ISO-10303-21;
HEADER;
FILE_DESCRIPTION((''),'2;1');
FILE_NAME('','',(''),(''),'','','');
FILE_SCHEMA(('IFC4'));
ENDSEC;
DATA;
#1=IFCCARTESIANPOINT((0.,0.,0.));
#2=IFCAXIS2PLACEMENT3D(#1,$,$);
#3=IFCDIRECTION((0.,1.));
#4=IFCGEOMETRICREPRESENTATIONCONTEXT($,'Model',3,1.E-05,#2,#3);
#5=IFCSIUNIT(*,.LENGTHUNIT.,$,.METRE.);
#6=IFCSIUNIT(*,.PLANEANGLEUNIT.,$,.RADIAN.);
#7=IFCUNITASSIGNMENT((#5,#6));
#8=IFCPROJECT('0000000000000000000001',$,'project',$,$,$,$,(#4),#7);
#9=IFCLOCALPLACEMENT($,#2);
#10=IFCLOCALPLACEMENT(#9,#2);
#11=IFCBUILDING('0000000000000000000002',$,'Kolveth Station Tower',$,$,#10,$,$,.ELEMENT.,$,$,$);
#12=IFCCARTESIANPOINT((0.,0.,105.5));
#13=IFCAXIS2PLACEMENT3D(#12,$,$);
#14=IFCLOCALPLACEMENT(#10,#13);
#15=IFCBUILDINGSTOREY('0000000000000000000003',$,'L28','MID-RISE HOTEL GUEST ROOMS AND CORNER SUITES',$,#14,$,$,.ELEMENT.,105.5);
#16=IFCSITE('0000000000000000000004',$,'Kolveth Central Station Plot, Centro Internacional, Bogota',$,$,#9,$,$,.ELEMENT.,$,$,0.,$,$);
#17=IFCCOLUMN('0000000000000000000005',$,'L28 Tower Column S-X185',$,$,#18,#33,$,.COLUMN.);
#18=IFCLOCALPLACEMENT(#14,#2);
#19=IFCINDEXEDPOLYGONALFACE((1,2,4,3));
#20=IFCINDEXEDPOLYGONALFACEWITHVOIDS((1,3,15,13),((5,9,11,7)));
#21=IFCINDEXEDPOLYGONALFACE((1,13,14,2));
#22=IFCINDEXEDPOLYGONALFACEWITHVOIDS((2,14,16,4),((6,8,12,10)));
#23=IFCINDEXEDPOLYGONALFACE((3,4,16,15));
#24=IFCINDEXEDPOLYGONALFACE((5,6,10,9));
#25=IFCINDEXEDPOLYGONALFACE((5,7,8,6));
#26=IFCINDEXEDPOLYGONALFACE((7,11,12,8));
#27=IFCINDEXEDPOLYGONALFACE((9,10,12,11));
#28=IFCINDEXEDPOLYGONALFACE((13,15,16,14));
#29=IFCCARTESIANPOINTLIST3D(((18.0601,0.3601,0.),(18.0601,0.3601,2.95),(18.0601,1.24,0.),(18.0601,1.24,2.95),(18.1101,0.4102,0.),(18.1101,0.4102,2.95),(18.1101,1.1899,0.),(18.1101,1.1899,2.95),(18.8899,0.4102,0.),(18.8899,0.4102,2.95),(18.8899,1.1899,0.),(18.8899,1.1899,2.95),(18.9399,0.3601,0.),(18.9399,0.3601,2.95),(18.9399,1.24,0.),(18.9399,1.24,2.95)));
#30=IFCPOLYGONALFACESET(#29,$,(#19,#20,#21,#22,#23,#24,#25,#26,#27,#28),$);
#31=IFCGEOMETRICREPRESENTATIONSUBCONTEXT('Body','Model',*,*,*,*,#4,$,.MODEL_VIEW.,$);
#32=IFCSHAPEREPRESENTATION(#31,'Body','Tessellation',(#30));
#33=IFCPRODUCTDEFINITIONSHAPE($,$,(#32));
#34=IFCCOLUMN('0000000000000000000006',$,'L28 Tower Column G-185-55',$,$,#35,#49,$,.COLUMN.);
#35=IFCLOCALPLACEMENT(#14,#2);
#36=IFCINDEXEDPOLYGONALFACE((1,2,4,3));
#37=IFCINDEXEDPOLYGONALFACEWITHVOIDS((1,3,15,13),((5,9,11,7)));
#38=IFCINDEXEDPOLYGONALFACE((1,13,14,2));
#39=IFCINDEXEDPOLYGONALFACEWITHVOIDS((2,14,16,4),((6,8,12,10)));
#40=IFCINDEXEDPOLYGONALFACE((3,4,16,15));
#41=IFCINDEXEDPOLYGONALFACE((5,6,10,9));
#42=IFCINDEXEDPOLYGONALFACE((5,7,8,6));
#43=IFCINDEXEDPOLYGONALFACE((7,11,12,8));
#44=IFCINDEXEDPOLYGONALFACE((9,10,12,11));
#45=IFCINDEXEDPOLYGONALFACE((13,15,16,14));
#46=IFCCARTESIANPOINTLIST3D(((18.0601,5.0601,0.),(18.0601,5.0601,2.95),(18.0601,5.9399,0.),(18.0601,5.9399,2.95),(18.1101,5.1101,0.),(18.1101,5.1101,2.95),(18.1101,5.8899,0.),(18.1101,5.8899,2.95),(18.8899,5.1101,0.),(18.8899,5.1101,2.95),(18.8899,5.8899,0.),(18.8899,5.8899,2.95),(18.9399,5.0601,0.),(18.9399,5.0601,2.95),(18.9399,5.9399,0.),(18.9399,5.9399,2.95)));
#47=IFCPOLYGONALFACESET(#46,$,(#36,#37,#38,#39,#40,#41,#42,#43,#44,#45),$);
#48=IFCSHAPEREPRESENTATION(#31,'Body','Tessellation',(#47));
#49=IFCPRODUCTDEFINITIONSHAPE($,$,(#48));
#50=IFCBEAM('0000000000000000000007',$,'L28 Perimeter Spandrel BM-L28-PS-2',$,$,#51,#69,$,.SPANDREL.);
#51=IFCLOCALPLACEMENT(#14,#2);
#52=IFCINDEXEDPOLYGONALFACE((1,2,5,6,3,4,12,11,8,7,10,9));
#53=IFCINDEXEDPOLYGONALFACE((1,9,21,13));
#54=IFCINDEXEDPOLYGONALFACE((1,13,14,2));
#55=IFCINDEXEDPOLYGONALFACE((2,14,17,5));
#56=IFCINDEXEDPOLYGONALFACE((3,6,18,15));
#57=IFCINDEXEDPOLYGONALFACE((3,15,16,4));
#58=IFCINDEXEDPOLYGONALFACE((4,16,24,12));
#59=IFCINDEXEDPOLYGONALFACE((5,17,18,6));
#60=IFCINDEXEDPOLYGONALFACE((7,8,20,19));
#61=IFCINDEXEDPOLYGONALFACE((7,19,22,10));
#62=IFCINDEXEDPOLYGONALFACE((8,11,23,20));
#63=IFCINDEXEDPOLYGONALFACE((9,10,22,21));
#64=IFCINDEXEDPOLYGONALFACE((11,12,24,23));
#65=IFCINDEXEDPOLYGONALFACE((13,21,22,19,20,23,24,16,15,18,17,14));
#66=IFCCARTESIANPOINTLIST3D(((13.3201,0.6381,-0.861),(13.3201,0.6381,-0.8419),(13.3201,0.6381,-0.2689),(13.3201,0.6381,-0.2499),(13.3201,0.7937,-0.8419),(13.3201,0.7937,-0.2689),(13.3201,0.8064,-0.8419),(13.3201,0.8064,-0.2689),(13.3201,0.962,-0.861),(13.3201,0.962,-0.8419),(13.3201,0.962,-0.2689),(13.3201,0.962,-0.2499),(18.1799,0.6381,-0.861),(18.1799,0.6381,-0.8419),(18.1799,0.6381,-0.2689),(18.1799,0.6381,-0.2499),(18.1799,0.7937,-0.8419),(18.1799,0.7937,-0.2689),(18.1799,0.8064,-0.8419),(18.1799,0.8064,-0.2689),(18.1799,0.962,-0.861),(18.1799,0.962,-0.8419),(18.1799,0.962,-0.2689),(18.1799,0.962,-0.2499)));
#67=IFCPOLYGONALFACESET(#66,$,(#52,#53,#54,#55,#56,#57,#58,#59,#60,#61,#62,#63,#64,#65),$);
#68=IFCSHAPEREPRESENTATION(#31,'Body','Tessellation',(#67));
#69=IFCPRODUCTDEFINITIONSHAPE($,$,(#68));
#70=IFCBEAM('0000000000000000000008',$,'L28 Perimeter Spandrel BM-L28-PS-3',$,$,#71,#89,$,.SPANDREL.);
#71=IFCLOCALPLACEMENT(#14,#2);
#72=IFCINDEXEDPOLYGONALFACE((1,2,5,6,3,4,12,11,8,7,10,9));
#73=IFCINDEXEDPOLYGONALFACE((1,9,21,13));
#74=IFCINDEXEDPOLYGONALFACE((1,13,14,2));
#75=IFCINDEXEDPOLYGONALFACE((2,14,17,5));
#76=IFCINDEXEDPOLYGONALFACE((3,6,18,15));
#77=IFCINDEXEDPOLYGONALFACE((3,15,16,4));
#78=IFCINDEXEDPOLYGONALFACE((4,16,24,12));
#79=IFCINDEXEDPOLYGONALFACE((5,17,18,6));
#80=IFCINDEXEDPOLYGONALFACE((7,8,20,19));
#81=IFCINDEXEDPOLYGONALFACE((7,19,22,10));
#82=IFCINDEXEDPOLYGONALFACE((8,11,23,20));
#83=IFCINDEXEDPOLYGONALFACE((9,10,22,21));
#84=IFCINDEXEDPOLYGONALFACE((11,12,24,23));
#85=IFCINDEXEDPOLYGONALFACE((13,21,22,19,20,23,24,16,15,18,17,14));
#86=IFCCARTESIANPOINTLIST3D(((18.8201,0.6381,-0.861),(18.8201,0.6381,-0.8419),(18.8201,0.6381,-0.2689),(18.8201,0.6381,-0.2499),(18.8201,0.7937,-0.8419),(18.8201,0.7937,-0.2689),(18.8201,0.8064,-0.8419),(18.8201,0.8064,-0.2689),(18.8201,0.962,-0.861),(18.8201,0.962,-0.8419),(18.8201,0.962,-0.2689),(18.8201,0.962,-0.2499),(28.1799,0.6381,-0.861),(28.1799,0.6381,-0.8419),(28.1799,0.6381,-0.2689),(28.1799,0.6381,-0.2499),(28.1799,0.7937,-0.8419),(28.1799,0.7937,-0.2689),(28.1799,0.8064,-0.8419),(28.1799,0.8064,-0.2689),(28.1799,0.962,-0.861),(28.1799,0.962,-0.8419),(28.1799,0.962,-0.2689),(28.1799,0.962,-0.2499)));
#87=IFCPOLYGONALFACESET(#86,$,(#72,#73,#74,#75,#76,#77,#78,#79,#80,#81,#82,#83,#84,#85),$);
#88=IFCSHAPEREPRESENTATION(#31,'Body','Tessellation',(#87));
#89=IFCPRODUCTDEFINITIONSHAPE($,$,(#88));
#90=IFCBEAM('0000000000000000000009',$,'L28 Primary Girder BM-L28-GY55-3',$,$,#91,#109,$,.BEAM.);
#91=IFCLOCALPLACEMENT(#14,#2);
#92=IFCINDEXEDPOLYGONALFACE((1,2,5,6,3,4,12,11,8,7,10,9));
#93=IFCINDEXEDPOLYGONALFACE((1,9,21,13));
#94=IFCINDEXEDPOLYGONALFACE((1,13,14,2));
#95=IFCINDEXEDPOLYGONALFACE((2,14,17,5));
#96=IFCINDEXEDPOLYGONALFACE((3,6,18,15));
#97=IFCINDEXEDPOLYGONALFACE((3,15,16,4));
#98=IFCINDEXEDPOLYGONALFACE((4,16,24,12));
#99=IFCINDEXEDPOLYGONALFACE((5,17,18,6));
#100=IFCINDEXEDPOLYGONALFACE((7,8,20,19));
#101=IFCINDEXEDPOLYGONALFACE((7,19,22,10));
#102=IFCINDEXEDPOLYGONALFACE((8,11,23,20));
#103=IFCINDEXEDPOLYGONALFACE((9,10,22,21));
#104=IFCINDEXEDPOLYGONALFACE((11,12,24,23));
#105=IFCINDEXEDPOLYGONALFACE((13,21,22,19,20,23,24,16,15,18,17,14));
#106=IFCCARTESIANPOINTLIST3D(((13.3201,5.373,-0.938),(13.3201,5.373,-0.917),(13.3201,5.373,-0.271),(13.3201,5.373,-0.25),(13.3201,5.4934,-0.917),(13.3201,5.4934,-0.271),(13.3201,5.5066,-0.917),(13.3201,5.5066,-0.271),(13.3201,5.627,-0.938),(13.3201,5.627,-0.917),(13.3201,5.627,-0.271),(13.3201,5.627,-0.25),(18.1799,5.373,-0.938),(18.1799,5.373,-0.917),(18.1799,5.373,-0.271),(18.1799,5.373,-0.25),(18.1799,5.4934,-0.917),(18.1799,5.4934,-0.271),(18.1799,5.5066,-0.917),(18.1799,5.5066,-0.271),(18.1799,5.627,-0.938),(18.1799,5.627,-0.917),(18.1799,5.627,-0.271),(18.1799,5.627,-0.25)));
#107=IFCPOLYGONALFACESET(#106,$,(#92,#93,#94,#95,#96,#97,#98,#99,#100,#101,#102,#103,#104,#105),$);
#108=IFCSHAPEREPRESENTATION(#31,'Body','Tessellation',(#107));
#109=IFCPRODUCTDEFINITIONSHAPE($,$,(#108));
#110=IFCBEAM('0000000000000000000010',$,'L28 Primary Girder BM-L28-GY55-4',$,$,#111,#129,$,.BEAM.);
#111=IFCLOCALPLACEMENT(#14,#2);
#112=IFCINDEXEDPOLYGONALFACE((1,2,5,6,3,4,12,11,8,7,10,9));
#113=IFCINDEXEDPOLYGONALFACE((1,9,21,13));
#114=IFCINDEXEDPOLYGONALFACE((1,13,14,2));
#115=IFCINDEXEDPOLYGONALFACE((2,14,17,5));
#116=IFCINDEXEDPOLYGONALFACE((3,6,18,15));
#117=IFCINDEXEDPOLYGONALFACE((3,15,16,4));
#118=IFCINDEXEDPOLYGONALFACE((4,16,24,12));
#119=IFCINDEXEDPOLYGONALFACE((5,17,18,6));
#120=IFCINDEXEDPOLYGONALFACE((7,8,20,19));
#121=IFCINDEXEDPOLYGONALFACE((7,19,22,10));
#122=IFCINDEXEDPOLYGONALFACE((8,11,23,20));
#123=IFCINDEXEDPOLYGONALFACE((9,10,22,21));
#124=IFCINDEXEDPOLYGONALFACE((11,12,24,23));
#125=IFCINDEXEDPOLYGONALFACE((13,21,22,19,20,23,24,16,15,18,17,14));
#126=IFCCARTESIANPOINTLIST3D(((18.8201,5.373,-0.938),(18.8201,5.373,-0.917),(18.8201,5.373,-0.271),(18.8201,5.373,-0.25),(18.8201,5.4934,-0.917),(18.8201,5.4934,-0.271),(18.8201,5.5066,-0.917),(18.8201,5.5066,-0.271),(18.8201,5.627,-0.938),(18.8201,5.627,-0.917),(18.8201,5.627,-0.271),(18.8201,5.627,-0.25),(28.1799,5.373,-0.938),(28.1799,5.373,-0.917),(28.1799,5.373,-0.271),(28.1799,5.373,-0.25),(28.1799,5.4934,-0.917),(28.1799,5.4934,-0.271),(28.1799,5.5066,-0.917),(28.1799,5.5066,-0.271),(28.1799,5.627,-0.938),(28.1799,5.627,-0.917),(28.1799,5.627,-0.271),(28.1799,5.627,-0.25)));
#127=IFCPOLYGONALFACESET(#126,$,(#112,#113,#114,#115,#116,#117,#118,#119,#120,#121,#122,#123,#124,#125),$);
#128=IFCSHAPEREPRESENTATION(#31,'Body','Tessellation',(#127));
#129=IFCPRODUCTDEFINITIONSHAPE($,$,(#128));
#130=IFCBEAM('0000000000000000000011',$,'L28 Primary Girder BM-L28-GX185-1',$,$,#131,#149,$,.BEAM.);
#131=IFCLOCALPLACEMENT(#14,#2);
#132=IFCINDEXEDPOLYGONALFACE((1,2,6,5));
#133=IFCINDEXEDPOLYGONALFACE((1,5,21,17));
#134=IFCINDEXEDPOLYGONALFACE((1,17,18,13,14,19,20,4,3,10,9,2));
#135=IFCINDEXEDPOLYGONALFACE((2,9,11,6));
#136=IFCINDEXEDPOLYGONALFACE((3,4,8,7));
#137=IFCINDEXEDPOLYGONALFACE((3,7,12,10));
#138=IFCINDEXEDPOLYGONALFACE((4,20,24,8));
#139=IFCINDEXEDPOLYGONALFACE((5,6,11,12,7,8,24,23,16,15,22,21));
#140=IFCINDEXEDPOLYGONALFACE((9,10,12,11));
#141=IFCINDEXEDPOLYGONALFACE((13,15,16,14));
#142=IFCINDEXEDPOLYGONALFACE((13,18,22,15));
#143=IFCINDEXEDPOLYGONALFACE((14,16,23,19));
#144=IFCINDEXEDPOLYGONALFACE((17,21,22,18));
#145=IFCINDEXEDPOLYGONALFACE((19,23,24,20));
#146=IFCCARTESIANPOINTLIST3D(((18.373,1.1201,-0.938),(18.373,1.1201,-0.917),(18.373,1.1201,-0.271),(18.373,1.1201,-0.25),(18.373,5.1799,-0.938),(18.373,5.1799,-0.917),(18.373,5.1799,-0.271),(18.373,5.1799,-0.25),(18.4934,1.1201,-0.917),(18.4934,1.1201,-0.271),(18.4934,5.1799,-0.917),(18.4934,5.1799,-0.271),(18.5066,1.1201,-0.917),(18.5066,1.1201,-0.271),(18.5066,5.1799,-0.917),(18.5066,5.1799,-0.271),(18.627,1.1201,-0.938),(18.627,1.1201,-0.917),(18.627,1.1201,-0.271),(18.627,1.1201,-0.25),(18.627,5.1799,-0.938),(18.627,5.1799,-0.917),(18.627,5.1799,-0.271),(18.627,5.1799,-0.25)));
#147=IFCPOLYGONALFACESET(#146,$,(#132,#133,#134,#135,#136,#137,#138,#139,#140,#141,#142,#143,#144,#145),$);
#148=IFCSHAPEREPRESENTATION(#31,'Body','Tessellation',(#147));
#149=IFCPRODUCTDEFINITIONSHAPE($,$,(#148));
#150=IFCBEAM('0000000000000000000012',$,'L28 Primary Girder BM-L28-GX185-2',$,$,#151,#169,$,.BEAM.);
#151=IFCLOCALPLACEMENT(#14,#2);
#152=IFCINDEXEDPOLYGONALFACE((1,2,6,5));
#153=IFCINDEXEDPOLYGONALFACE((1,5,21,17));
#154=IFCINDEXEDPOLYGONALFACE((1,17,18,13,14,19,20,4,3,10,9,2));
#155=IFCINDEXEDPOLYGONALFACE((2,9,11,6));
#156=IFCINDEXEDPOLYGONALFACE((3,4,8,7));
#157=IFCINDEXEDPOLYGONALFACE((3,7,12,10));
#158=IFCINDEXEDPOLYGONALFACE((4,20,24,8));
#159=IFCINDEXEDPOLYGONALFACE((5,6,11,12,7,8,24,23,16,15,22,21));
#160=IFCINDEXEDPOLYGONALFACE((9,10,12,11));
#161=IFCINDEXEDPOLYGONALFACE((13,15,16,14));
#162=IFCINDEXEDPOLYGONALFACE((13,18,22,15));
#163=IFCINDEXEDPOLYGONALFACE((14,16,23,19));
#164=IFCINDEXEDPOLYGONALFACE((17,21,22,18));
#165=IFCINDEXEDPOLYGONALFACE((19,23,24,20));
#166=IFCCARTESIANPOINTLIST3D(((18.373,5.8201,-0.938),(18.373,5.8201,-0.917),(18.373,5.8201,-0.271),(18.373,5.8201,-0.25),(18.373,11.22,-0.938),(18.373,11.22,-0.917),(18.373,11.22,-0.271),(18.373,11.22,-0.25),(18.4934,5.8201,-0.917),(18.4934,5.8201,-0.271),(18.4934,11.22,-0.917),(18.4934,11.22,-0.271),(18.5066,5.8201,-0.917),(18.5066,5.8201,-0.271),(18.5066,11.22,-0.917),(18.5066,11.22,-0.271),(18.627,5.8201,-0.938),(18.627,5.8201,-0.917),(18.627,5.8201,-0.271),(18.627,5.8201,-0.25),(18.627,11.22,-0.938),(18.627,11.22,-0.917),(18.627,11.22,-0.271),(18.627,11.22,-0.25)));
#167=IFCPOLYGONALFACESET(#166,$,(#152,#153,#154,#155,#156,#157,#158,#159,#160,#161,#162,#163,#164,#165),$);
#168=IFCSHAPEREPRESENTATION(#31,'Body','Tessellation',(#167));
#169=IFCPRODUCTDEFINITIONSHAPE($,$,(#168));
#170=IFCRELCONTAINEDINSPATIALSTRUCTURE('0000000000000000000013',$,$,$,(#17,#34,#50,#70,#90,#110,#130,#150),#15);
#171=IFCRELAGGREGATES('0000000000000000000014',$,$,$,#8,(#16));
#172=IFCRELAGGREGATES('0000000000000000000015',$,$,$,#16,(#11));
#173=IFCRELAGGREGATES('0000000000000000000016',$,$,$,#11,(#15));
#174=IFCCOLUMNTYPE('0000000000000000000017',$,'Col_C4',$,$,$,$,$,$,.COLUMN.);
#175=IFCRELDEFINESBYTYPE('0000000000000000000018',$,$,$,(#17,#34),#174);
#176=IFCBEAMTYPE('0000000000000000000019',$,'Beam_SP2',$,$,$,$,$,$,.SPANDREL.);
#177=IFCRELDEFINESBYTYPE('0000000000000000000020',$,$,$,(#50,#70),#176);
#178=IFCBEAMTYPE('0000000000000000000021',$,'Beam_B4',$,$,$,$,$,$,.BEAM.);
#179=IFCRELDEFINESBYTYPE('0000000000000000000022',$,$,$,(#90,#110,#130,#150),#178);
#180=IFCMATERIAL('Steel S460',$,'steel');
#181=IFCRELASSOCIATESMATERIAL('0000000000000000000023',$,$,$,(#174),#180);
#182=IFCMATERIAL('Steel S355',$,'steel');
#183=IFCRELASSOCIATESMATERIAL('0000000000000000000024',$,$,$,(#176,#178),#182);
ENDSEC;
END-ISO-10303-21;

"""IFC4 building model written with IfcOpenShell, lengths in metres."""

from ifc_helpers import new_model, si_unit, direction, frame, origin, origin_2d, place, context, subcontext, project, spatial, hollow_rectangle, i_section, extrude, source, transform, mapped, material, material_profile, profile_set, type_object, element, save


model = new_model("IFC4")

# Units and contexts
model_context = context("Model", 3, precision=1e-05, world=origin(), true_north=direction((0.0, 1.0)))
body_context = subcontext(model_context, "Body", "Model", "MODEL_VIEW")
ifc_project = project(units=[si_unit("LENGTHUNIT", "METRE"), si_unit("PLANEANGLEUNIT", "RADIAN")], contexts=[model_context])

# Site, building, storey
site_placement = place(None, origin())
site = spatial("IfcSite", under=ifc_project, at=site_placement, Name="Kolveth Central Station Plot, Centro Internacional, Bogota", CompositionType="ELEMENT", RefElevation=0.0)
building_placement = place(site_placement, origin())
building = spatial("IfcBuilding", under=site, at=building_placement, Name="Kolveth Station Tower", CompositionType="ELEMENT")
storey_placement = place(building_placement, frame((0.0, 0.0, 105.5)))
storey = spatial("IfcBuildingStorey", under=building, at=storey_placement, Name="L28", Description="MID-RISE HOTEL GUEST ROOMS AND CORNER SUITES", CompositionType="ELEMENT", Elevation=105.5)

# Columns
ifc_material_1 = material(Name="Steel S460", Category="steel")
ifc_material_profile_1 = material_profile(ifc_material_1, hollow_rectangle(XDim=0.8799, YDim=0.8799, WallThickness=0.05, at=origin_2d()), Name="BOX880x880x50")
ifc_profile_set_1 = profile_set([ifc_material_profile_1], Name="Steel S460")
column_type = type_object("IfcColumnType", Name="Col_C4", PredefinedType="COLUMN", material=ifc_profile_set_1)
shared_shape_1 = source(origin(), body_context, "Body", "SweptSolid", [
    extrude(hollow_rectangle(XDim=0.8799, YDim=0.8799, WallThickness=0.05, at=origin_2d()), origin(), (0.0, 0.0, 1.0), 2.95),
])
for number, where, z_axis, x_axis, name in (
    (1, (18.5, 0.8, 0.0), (0.0, 0.0, 1.0), (1.0, 0.0, 0.0), "L28 Tower Column S-X185"),
    (2, (18.5, 5.5, 0.0), (0.0, 0.0, 1.0), (1.0, 0.0, 0.0), "L28 Tower Column G-185-55"),
):
    element("IfcColumn", number, at=place(storey_placement, frame(where, z_axis=z_axis, x_axis=x_axis)), inside=storey, type_object=column_type, Name=name, PredefinedType="COLUMN", context=body_context, shape_type="MappedRepresentation", body=[
        mapped(shared_shape_1, transform((0.0, 0.0, 0.0), x_axis=(1.0, 0.0, 0.0), y_axis=(0.0, 1.0, 0.0), z_axis=(0.0, 0.0, 1.0), scale=1.0)),
    ])

# Beams
ifc_material_2 = material(Name="Steel S355", Category="steel")
ifc_material_profile_2 = material_profile(ifc_material_2, i_section(OverallWidth=0.324, OverallDepth=0.6111, WebThickness=0.0127, FlangeThickness=0.019, at=origin_2d()), Name="W610x155")
ifc_profile_set_2 = profile_set([ifc_material_profile_2], Name="Steel S355")
beam_type_1 = type_object("IfcBeamType", Name="Beam_SP2", PredefinedType="SPANDREL", material=ifc_profile_set_2)
shared_shape_2 = source(origin(), body_context, "Body", "SweptSolid", [
    extrude(i_section(OverallWidth=0.324, OverallDepth=0.6111, WebThickness=0.0127, FlangeThickness=0.019, at=origin_2d()), origin(), (0.0, 0.0, 1.0), 4.8599),
])
beam_1_placement = place(storey_placement, frame((13.3201, 0.8, -0.5554), z_axis=(1.0, 0.0, 0.0), x_axis=(0.0, 1.0, 0.0)))
element("IfcBeam", 3, at=beam_1_placement, inside=storey, type_object=beam_type_1, Name="L28 Perimeter Spandrel BM-L28-PS-2", PredefinedType="SPANDREL", context=body_context, shape_type="MappedRepresentation", body=[
    mapped(shared_shape_2, transform((0.0, 0.0, 0.0), x_axis=(1.0, 0.0, 0.0), y_axis=(0.0, 1.0, 0.0), z_axis=(0.0, 0.0, 1.0), scale=1.0)),
])
shared_shape_3 = source(origin(), body_context, "Body", "SweptSolid", [
    extrude(i_section(OverallWidth=0.324, OverallDepth=0.6111, WebThickness=0.0127, FlangeThickness=0.019, at=origin_2d()), origin(), (0.0, 0.0, 1.0), 9.3599),
])
beam_2_placement = place(storey_placement, frame((18.8201, 0.8, -0.5554), z_axis=(1.0, 0.0, 0.0), x_axis=(0.0, 1.0, 0.0)))
element("IfcBeam", 4, at=beam_2_placement, inside=storey, type_object=beam_type_1, Name="L28 Perimeter Spandrel BM-L28-PS-3", PredefinedType="SPANDREL", context=body_context, shape_type="MappedRepresentation", body=[
    mapped(shared_shape_3, transform((0.0, 0.0, 0.0), x_axis=(1.0, 0.0, 0.0), y_axis=(0.0, 1.0, 0.0), z_axis=(0.0, 0.0, 1.0), scale=1.0)),
])
ifc_material_profile_3 = material_profile(ifc_material_2, i_section(OverallWidth=0.2539, OverallDepth=0.688, WebThickness=0.0132, FlangeThickness=0.021, at=origin_2d()), Name="W690x152")
ifc_profile_set_3 = profile_set([ifc_material_profile_3], Name="Steel S355")
beam_type_2 = type_object("IfcBeamType", Name="Beam_B4", PredefinedType="BEAM", material=ifc_profile_set_3)
shared_shape_4 = source(origin(), body_context, "Body", "SweptSolid", [
    extrude(i_section(OverallWidth=0.2539, OverallDepth=0.688, WebThickness=0.0132, FlangeThickness=0.021, at=origin_2d()), origin(), (0.0, 0.0, 1.0), 4.8599),
])
beam_3_placement = place(storey_placement, frame((13.3201, 5.5, -0.594), z_axis=(1.0, 0.0, 0.0), x_axis=(0.0, 1.0, 0.0)))
element("IfcBeam", 5, at=beam_3_placement, inside=storey, type_object=beam_type_2, Name="L28 Primary Girder BM-L28-GY55-3", PredefinedType="BEAM", context=body_context, shape_type="MappedRepresentation", body=[
    mapped(shared_shape_4, transform((0.0, 0.0, 0.0), x_axis=(1.0, 0.0, 0.0), y_axis=(0.0, 1.0, 0.0), z_axis=(0.0, 0.0, 1.0), scale=1.0)),
])
shared_shape_5 = source(origin(), body_context, "Body", "SweptSolid", [
    extrude(i_section(OverallWidth=0.2539, OverallDepth=0.688, WebThickness=0.0132, FlangeThickness=0.021, at=origin_2d()), origin(), (0.0, 0.0, 1.0), 9.3599),
])
beam_4_placement = place(storey_placement, frame((18.8201, 5.5, -0.594), z_axis=(1.0, 0.0, 0.0), x_axis=(0.0, 1.0, 0.0)))
element("IfcBeam", 6, at=beam_4_placement, inside=storey, type_object=beam_type_2, Name="L28 Primary Girder BM-L28-GY55-4", PredefinedType="BEAM", context=body_context, shape_type="MappedRepresentation", body=[
    mapped(shared_shape_5, transform((0.0, 0.0, 0.0), x_axis=(1.0, 0.0, 0.0), y_axis=(0.0, 1.0, 0.0), z_axis=(0.0, 0.0, 1.0), scale=1.0)),
])
shared_shape_6 = source(origin(), body_context, "Body", "SweptSolid", [
    extrude(i_section(OverallWidth=0.2539, OverallDepth=0.688, WebThickness=0.0132, FlangeThickness=0.021, at=origin_2d()), origin(), (0.0, 0.0, 1.0), 4.0598),
])
beam_5_placement = place(storey_placement, frame((18.5, 1.1201, -0.594), z_axis=(0.0, 1.0, 0.0), x_axis=(-1.0, 0.0, 0.0)))
element("IfcBeam", 7, at=beam_5_placement, inside=storey, type_object=beam_type_2, Name="L28 Primary Girder BM-L28-GX185-1", PredefinedType="BEAM", context=body_context, shape_type="MappedRepresentation", body=[
    mapped(shared_shape_6, transform((0.0, 0.0, 0.0), x_axis=(1.0, 0.0, 0.0), y_axis=(0.0, 1.0, 0.0), z_axis=(0.0, 0.0, 1.0), scale=1.0)),
])
shared_shape_7 = source(origin(), body_context, "Body", "SweptSolid", [
    extrude(i_section(OverallWidth=0.2539, OverallDepth=0.688, WebThickness=0.0132, FlangeThickness=0.021, at=origin_2d()), origin(), (0.0, 0.0, 1.0), 5.3999),
])
beam_6_placement = place(storey_placement, frame((18.5, 5.8201, -0.594), z_axis=(0.0, 1.0, 0.0), x_axis=(-1.0, 0.0, 0.0)))
element("IfcBeam", 8, at=beam_6_placement, inside=storey, type_object=beam_type_2, Name="L28 Primary Girder BM-L28-GX185-2", PredefinedType="BEAM", context=body_context, shape_type="MappedRepresentation", body=[
    mapped(shared_shape_7, transform((0.0, 0.0, 0.0), x_axis=(1.0, 0.0, 0.0), y_axis=(0.0, 1.0, 0.0), z_axis=(0.0, 0.0, 1.0), scale=1.0)),
])

save(model, "model.ifc")
